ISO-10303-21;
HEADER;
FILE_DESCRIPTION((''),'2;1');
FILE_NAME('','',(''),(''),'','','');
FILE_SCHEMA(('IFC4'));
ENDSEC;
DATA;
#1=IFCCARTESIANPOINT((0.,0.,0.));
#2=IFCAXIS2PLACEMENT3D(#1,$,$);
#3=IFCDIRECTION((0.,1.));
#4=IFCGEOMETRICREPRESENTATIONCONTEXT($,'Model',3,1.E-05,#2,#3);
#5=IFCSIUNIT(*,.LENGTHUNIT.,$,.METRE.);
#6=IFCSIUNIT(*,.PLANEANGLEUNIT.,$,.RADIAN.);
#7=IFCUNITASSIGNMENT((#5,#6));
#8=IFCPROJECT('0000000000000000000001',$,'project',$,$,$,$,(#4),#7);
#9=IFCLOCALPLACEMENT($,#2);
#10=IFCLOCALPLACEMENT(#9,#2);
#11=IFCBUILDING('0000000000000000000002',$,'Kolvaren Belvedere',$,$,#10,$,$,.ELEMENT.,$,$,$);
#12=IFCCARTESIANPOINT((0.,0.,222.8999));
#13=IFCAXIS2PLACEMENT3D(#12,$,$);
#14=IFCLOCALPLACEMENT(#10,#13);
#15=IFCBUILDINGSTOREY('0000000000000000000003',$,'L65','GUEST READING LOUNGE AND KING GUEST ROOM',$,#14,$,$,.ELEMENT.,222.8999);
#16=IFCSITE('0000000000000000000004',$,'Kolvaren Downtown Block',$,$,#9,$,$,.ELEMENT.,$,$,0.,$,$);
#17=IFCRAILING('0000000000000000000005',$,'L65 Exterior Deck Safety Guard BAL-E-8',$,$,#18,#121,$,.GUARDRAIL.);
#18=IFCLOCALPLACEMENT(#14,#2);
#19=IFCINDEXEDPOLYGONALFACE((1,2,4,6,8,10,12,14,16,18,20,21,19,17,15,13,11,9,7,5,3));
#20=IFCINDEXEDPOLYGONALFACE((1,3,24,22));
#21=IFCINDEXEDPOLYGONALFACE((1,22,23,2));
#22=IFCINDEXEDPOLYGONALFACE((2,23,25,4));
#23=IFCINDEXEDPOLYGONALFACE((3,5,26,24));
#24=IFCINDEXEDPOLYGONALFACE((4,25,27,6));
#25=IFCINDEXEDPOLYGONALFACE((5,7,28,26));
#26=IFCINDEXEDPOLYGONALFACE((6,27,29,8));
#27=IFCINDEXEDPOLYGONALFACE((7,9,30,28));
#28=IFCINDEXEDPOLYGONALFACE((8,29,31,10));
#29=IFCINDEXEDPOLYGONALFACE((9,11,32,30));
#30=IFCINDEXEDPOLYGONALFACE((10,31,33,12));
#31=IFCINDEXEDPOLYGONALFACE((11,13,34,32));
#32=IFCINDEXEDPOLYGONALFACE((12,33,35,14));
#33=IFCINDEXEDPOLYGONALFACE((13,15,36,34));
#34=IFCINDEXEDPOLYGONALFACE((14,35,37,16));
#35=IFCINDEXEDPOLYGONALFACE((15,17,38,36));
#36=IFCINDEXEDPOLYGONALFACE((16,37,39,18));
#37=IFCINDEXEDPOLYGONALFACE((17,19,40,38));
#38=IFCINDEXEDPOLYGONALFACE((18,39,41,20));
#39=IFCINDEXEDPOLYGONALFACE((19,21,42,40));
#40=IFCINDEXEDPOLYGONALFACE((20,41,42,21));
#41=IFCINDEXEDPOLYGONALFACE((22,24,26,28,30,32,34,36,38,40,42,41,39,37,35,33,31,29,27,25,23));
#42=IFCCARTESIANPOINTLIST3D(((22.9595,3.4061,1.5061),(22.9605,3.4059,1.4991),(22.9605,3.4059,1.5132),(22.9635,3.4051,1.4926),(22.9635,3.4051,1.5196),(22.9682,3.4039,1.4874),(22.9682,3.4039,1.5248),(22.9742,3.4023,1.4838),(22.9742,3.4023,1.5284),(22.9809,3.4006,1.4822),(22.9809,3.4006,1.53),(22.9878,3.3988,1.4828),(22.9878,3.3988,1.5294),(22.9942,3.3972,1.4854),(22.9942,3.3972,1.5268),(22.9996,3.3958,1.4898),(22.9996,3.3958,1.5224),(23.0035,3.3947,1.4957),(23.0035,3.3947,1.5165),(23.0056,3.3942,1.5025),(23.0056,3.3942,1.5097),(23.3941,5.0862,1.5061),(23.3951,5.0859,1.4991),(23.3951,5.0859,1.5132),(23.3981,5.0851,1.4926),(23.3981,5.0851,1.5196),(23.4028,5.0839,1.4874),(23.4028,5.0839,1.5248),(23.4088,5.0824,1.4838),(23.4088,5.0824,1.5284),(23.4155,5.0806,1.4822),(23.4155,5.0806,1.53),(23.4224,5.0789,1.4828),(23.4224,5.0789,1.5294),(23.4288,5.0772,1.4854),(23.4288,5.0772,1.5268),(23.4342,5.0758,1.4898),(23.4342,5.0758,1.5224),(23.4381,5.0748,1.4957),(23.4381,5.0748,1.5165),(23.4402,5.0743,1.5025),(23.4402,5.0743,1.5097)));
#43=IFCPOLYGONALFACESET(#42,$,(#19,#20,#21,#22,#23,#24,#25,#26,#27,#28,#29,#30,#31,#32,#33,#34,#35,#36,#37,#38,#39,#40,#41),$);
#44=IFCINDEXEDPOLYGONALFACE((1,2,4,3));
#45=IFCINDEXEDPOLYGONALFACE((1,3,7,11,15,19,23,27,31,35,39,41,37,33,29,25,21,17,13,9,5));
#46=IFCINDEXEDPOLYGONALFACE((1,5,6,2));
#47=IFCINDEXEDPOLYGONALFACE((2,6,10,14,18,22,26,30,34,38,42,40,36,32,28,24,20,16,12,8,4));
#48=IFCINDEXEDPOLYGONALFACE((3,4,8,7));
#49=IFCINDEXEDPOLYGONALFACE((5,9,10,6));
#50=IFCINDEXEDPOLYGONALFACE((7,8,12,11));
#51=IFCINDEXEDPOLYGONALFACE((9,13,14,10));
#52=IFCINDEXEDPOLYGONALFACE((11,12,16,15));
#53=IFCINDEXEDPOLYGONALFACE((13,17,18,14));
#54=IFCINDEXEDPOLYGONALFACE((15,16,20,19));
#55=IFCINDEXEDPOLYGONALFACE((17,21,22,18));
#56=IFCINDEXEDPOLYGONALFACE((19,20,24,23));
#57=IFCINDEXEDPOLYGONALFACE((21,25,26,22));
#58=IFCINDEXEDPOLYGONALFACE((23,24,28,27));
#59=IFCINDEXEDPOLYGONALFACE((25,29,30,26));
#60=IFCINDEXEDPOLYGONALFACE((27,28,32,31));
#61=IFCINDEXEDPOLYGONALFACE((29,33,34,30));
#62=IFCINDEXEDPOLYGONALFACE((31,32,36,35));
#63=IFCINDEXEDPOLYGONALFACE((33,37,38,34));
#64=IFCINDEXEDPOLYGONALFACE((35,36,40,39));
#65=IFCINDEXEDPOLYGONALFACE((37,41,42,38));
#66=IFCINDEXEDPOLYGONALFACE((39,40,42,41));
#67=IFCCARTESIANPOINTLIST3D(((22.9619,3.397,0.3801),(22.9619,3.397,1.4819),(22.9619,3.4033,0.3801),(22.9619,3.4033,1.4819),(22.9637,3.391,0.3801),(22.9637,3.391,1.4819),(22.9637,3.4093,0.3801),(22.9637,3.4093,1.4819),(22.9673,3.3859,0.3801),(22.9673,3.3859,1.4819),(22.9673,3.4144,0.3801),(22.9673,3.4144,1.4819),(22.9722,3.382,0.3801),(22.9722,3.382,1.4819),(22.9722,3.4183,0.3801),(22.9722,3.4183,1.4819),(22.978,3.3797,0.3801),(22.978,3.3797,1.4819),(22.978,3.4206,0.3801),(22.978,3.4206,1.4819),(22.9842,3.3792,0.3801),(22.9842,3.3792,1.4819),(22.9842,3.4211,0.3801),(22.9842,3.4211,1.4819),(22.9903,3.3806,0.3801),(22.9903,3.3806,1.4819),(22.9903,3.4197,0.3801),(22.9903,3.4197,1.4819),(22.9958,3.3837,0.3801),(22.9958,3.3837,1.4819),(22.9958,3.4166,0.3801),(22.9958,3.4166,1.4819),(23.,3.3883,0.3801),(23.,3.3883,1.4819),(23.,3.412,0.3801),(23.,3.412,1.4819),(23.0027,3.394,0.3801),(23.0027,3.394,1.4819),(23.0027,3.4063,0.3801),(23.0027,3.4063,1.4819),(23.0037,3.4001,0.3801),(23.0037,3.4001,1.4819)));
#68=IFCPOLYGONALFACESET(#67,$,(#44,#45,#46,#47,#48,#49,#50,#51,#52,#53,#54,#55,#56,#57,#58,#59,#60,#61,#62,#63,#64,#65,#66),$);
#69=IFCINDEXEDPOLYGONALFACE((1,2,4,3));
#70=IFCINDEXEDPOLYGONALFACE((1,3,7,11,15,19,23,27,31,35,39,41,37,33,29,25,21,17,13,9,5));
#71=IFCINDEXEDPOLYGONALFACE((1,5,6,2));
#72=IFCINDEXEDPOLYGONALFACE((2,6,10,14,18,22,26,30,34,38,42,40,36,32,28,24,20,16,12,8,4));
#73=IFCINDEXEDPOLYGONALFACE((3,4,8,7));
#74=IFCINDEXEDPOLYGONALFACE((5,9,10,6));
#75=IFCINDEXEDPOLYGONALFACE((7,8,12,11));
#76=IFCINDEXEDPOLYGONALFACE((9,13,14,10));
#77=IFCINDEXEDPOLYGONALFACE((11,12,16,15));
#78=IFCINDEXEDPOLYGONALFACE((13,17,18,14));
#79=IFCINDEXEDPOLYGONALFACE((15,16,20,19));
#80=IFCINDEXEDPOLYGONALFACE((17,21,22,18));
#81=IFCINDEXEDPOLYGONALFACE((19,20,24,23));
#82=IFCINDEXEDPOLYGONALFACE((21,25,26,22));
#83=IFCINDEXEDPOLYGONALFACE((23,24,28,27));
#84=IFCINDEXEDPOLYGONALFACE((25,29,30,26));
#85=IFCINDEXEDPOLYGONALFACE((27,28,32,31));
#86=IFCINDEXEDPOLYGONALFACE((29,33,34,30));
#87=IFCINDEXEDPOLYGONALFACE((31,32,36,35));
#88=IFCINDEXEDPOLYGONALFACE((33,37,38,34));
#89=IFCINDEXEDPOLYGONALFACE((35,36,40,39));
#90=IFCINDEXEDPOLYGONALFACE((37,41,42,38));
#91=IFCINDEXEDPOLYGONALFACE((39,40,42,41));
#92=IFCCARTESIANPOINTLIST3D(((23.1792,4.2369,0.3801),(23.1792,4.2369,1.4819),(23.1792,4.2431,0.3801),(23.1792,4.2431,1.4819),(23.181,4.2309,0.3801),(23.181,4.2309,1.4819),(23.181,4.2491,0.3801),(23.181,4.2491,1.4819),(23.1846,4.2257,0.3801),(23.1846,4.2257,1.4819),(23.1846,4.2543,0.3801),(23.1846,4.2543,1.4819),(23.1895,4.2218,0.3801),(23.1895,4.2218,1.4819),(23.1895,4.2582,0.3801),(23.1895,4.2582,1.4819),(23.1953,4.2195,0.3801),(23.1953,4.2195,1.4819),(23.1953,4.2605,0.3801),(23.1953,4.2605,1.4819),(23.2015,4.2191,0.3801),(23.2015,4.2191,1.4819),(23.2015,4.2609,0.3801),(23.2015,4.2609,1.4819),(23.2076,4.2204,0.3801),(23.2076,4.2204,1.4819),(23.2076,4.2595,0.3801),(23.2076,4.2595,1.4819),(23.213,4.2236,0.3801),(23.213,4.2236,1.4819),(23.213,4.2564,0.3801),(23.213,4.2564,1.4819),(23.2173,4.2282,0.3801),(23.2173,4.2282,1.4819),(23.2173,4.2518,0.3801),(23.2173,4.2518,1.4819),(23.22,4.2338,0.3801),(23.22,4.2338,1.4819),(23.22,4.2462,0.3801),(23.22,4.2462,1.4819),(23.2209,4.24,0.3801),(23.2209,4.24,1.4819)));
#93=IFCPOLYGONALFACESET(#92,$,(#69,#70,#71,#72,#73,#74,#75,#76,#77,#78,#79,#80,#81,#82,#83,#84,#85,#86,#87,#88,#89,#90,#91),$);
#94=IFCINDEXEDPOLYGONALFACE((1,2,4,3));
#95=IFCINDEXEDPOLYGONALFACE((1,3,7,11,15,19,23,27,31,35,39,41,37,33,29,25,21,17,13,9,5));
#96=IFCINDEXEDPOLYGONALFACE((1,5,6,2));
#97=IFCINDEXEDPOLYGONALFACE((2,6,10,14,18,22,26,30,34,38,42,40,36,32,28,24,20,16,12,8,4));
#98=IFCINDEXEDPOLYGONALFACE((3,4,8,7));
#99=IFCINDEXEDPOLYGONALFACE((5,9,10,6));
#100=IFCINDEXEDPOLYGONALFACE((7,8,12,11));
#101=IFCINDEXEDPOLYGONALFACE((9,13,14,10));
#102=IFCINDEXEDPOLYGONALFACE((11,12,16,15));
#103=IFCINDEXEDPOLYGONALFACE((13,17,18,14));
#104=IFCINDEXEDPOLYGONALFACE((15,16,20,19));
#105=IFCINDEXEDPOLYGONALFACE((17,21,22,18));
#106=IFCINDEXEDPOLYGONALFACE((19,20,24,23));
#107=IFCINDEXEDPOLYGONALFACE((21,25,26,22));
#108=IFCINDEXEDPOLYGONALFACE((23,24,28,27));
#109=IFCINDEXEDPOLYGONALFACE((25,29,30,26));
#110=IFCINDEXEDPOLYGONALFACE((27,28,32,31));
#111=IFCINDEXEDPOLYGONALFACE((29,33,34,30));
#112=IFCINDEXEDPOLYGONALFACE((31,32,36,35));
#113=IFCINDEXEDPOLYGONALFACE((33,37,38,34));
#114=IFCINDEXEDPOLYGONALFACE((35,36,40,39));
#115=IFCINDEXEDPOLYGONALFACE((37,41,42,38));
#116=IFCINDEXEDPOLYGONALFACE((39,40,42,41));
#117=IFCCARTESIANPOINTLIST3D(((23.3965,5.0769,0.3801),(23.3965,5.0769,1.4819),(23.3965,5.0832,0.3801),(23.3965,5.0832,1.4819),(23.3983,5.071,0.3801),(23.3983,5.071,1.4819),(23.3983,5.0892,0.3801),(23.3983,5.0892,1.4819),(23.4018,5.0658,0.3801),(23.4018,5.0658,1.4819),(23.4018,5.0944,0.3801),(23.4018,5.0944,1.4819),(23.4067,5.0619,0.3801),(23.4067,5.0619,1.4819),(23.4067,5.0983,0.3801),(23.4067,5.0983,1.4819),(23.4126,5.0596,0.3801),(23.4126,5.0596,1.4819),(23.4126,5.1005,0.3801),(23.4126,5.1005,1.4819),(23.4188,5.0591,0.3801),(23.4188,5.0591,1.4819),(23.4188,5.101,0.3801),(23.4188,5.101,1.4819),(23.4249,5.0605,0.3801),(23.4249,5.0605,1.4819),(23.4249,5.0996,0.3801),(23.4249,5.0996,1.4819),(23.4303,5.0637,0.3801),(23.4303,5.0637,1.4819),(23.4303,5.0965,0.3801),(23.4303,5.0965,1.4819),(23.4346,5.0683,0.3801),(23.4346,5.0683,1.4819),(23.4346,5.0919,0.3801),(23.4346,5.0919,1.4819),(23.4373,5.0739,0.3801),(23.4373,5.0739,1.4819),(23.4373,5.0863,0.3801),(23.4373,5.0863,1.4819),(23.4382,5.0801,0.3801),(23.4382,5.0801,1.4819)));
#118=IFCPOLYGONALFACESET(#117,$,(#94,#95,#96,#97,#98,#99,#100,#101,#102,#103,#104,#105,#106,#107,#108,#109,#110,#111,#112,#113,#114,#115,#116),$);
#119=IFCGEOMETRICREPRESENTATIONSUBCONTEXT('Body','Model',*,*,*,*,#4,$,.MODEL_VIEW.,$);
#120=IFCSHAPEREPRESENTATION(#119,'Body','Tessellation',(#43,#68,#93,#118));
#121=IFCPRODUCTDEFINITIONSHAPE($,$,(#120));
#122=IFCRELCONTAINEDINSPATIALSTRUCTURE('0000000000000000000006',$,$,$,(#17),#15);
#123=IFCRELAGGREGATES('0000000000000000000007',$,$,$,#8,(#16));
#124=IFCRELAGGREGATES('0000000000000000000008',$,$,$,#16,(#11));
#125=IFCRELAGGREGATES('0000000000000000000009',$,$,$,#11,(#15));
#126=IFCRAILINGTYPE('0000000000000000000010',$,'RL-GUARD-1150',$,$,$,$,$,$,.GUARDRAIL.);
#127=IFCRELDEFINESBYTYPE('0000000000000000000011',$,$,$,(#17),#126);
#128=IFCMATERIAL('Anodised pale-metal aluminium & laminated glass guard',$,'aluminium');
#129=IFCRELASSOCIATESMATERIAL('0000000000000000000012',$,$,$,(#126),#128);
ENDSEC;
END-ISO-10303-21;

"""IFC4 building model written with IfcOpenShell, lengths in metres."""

from ifc_helpers import new_model, si_unit, direction, frame, origin, origin_2d, place, context, subcontext, project, spatial, circle, extrude, material, type_object, element, save


model = new_model("IFC4")

# Units and contexts
model_context = context("Model", 3, precision=1e-05, world=origin(), true_north=direction((0.0, 1.0)))
body_context = subcontext(model_context, "Body", "Model", "MODEL_VIEW")
ifc_project = project(units=[si_unit("LENGTHUNIT", "METRE"), si_unit("PLANEANGLEUNIT", "RADIAN")], contexts=[model_context])

# Site, building, storey
site_placement = place(None, origin())
site = spatial("IfcSite", under=ifc_project, at=site_placement, Name="Kolvaren Downtown Block", CompositionType="ELEMENT", RefElevation=0.0)
building_placement = place(site_placement, origin())
building = spatial("IfcBuilding", under=site, at=building_placement, Name="Kolvaren Belvedere", CompositionType="ELEMENT")
storey_placement = place(building_placement, frame((0.0, 0.0, 222.8999)))
storey = spatial("IfcBuildingStorey", under=building, at=storey_placement, Name="L65", Description="GUEST READING LOUNGE AND KING GUEST ROOM", CompositionType="ELEMENT", Elevation=222.8999)

# Railing
ifc_material_1 = material(Name="Anodised pale-metal aluminium & laminated glass guard", Category="aluminium")
railing_type = type_object("IfcRailingType", Name="RL-GUARD-1150", PredefinedType="GUARDRAIL", material=ifc_material_1)
railing_1_placement = place(storey_placement, frame((22.9827, 3.4001, 0.3801)))
element("IfcRailing", 1, at=railing_1_placement, inside=storey, type_object=railing_type, Name="L65 Exterior Deck Safety Guard BAL-E-8", PredefinedType="GUARDRAIL", context=body_context, shape_type="SweptSolid", body=[
    extrude(circle(Radius=0.0239, at=origin_2d()), frame((0.0, 0.0, 1.126), z_axis=(0.25044, 0.968132, 0.0), x_axis=(-0.968132, 0.25044, 0.0)), (0.0, 0.0, 1.0), 1.7354),
    extrude(circle(Radius=0.021, at=origin_2d()), origin(), (0.0, 0.0, 1.0), 1.1018),
    extrude(circle(Radius=0.021, at=origin_2d()), frame((0.2173, 0.8398, 0.0)), (0.0, 0.0, 1.0), 1.1018),
    extrude(circle(Radius=0.021, at=origin_2d()), frame((0.4346, 1.6799, 0.0)), (0.0, 0.0, 1.0), 1.1018),
])

save(model, "model.ifc")
